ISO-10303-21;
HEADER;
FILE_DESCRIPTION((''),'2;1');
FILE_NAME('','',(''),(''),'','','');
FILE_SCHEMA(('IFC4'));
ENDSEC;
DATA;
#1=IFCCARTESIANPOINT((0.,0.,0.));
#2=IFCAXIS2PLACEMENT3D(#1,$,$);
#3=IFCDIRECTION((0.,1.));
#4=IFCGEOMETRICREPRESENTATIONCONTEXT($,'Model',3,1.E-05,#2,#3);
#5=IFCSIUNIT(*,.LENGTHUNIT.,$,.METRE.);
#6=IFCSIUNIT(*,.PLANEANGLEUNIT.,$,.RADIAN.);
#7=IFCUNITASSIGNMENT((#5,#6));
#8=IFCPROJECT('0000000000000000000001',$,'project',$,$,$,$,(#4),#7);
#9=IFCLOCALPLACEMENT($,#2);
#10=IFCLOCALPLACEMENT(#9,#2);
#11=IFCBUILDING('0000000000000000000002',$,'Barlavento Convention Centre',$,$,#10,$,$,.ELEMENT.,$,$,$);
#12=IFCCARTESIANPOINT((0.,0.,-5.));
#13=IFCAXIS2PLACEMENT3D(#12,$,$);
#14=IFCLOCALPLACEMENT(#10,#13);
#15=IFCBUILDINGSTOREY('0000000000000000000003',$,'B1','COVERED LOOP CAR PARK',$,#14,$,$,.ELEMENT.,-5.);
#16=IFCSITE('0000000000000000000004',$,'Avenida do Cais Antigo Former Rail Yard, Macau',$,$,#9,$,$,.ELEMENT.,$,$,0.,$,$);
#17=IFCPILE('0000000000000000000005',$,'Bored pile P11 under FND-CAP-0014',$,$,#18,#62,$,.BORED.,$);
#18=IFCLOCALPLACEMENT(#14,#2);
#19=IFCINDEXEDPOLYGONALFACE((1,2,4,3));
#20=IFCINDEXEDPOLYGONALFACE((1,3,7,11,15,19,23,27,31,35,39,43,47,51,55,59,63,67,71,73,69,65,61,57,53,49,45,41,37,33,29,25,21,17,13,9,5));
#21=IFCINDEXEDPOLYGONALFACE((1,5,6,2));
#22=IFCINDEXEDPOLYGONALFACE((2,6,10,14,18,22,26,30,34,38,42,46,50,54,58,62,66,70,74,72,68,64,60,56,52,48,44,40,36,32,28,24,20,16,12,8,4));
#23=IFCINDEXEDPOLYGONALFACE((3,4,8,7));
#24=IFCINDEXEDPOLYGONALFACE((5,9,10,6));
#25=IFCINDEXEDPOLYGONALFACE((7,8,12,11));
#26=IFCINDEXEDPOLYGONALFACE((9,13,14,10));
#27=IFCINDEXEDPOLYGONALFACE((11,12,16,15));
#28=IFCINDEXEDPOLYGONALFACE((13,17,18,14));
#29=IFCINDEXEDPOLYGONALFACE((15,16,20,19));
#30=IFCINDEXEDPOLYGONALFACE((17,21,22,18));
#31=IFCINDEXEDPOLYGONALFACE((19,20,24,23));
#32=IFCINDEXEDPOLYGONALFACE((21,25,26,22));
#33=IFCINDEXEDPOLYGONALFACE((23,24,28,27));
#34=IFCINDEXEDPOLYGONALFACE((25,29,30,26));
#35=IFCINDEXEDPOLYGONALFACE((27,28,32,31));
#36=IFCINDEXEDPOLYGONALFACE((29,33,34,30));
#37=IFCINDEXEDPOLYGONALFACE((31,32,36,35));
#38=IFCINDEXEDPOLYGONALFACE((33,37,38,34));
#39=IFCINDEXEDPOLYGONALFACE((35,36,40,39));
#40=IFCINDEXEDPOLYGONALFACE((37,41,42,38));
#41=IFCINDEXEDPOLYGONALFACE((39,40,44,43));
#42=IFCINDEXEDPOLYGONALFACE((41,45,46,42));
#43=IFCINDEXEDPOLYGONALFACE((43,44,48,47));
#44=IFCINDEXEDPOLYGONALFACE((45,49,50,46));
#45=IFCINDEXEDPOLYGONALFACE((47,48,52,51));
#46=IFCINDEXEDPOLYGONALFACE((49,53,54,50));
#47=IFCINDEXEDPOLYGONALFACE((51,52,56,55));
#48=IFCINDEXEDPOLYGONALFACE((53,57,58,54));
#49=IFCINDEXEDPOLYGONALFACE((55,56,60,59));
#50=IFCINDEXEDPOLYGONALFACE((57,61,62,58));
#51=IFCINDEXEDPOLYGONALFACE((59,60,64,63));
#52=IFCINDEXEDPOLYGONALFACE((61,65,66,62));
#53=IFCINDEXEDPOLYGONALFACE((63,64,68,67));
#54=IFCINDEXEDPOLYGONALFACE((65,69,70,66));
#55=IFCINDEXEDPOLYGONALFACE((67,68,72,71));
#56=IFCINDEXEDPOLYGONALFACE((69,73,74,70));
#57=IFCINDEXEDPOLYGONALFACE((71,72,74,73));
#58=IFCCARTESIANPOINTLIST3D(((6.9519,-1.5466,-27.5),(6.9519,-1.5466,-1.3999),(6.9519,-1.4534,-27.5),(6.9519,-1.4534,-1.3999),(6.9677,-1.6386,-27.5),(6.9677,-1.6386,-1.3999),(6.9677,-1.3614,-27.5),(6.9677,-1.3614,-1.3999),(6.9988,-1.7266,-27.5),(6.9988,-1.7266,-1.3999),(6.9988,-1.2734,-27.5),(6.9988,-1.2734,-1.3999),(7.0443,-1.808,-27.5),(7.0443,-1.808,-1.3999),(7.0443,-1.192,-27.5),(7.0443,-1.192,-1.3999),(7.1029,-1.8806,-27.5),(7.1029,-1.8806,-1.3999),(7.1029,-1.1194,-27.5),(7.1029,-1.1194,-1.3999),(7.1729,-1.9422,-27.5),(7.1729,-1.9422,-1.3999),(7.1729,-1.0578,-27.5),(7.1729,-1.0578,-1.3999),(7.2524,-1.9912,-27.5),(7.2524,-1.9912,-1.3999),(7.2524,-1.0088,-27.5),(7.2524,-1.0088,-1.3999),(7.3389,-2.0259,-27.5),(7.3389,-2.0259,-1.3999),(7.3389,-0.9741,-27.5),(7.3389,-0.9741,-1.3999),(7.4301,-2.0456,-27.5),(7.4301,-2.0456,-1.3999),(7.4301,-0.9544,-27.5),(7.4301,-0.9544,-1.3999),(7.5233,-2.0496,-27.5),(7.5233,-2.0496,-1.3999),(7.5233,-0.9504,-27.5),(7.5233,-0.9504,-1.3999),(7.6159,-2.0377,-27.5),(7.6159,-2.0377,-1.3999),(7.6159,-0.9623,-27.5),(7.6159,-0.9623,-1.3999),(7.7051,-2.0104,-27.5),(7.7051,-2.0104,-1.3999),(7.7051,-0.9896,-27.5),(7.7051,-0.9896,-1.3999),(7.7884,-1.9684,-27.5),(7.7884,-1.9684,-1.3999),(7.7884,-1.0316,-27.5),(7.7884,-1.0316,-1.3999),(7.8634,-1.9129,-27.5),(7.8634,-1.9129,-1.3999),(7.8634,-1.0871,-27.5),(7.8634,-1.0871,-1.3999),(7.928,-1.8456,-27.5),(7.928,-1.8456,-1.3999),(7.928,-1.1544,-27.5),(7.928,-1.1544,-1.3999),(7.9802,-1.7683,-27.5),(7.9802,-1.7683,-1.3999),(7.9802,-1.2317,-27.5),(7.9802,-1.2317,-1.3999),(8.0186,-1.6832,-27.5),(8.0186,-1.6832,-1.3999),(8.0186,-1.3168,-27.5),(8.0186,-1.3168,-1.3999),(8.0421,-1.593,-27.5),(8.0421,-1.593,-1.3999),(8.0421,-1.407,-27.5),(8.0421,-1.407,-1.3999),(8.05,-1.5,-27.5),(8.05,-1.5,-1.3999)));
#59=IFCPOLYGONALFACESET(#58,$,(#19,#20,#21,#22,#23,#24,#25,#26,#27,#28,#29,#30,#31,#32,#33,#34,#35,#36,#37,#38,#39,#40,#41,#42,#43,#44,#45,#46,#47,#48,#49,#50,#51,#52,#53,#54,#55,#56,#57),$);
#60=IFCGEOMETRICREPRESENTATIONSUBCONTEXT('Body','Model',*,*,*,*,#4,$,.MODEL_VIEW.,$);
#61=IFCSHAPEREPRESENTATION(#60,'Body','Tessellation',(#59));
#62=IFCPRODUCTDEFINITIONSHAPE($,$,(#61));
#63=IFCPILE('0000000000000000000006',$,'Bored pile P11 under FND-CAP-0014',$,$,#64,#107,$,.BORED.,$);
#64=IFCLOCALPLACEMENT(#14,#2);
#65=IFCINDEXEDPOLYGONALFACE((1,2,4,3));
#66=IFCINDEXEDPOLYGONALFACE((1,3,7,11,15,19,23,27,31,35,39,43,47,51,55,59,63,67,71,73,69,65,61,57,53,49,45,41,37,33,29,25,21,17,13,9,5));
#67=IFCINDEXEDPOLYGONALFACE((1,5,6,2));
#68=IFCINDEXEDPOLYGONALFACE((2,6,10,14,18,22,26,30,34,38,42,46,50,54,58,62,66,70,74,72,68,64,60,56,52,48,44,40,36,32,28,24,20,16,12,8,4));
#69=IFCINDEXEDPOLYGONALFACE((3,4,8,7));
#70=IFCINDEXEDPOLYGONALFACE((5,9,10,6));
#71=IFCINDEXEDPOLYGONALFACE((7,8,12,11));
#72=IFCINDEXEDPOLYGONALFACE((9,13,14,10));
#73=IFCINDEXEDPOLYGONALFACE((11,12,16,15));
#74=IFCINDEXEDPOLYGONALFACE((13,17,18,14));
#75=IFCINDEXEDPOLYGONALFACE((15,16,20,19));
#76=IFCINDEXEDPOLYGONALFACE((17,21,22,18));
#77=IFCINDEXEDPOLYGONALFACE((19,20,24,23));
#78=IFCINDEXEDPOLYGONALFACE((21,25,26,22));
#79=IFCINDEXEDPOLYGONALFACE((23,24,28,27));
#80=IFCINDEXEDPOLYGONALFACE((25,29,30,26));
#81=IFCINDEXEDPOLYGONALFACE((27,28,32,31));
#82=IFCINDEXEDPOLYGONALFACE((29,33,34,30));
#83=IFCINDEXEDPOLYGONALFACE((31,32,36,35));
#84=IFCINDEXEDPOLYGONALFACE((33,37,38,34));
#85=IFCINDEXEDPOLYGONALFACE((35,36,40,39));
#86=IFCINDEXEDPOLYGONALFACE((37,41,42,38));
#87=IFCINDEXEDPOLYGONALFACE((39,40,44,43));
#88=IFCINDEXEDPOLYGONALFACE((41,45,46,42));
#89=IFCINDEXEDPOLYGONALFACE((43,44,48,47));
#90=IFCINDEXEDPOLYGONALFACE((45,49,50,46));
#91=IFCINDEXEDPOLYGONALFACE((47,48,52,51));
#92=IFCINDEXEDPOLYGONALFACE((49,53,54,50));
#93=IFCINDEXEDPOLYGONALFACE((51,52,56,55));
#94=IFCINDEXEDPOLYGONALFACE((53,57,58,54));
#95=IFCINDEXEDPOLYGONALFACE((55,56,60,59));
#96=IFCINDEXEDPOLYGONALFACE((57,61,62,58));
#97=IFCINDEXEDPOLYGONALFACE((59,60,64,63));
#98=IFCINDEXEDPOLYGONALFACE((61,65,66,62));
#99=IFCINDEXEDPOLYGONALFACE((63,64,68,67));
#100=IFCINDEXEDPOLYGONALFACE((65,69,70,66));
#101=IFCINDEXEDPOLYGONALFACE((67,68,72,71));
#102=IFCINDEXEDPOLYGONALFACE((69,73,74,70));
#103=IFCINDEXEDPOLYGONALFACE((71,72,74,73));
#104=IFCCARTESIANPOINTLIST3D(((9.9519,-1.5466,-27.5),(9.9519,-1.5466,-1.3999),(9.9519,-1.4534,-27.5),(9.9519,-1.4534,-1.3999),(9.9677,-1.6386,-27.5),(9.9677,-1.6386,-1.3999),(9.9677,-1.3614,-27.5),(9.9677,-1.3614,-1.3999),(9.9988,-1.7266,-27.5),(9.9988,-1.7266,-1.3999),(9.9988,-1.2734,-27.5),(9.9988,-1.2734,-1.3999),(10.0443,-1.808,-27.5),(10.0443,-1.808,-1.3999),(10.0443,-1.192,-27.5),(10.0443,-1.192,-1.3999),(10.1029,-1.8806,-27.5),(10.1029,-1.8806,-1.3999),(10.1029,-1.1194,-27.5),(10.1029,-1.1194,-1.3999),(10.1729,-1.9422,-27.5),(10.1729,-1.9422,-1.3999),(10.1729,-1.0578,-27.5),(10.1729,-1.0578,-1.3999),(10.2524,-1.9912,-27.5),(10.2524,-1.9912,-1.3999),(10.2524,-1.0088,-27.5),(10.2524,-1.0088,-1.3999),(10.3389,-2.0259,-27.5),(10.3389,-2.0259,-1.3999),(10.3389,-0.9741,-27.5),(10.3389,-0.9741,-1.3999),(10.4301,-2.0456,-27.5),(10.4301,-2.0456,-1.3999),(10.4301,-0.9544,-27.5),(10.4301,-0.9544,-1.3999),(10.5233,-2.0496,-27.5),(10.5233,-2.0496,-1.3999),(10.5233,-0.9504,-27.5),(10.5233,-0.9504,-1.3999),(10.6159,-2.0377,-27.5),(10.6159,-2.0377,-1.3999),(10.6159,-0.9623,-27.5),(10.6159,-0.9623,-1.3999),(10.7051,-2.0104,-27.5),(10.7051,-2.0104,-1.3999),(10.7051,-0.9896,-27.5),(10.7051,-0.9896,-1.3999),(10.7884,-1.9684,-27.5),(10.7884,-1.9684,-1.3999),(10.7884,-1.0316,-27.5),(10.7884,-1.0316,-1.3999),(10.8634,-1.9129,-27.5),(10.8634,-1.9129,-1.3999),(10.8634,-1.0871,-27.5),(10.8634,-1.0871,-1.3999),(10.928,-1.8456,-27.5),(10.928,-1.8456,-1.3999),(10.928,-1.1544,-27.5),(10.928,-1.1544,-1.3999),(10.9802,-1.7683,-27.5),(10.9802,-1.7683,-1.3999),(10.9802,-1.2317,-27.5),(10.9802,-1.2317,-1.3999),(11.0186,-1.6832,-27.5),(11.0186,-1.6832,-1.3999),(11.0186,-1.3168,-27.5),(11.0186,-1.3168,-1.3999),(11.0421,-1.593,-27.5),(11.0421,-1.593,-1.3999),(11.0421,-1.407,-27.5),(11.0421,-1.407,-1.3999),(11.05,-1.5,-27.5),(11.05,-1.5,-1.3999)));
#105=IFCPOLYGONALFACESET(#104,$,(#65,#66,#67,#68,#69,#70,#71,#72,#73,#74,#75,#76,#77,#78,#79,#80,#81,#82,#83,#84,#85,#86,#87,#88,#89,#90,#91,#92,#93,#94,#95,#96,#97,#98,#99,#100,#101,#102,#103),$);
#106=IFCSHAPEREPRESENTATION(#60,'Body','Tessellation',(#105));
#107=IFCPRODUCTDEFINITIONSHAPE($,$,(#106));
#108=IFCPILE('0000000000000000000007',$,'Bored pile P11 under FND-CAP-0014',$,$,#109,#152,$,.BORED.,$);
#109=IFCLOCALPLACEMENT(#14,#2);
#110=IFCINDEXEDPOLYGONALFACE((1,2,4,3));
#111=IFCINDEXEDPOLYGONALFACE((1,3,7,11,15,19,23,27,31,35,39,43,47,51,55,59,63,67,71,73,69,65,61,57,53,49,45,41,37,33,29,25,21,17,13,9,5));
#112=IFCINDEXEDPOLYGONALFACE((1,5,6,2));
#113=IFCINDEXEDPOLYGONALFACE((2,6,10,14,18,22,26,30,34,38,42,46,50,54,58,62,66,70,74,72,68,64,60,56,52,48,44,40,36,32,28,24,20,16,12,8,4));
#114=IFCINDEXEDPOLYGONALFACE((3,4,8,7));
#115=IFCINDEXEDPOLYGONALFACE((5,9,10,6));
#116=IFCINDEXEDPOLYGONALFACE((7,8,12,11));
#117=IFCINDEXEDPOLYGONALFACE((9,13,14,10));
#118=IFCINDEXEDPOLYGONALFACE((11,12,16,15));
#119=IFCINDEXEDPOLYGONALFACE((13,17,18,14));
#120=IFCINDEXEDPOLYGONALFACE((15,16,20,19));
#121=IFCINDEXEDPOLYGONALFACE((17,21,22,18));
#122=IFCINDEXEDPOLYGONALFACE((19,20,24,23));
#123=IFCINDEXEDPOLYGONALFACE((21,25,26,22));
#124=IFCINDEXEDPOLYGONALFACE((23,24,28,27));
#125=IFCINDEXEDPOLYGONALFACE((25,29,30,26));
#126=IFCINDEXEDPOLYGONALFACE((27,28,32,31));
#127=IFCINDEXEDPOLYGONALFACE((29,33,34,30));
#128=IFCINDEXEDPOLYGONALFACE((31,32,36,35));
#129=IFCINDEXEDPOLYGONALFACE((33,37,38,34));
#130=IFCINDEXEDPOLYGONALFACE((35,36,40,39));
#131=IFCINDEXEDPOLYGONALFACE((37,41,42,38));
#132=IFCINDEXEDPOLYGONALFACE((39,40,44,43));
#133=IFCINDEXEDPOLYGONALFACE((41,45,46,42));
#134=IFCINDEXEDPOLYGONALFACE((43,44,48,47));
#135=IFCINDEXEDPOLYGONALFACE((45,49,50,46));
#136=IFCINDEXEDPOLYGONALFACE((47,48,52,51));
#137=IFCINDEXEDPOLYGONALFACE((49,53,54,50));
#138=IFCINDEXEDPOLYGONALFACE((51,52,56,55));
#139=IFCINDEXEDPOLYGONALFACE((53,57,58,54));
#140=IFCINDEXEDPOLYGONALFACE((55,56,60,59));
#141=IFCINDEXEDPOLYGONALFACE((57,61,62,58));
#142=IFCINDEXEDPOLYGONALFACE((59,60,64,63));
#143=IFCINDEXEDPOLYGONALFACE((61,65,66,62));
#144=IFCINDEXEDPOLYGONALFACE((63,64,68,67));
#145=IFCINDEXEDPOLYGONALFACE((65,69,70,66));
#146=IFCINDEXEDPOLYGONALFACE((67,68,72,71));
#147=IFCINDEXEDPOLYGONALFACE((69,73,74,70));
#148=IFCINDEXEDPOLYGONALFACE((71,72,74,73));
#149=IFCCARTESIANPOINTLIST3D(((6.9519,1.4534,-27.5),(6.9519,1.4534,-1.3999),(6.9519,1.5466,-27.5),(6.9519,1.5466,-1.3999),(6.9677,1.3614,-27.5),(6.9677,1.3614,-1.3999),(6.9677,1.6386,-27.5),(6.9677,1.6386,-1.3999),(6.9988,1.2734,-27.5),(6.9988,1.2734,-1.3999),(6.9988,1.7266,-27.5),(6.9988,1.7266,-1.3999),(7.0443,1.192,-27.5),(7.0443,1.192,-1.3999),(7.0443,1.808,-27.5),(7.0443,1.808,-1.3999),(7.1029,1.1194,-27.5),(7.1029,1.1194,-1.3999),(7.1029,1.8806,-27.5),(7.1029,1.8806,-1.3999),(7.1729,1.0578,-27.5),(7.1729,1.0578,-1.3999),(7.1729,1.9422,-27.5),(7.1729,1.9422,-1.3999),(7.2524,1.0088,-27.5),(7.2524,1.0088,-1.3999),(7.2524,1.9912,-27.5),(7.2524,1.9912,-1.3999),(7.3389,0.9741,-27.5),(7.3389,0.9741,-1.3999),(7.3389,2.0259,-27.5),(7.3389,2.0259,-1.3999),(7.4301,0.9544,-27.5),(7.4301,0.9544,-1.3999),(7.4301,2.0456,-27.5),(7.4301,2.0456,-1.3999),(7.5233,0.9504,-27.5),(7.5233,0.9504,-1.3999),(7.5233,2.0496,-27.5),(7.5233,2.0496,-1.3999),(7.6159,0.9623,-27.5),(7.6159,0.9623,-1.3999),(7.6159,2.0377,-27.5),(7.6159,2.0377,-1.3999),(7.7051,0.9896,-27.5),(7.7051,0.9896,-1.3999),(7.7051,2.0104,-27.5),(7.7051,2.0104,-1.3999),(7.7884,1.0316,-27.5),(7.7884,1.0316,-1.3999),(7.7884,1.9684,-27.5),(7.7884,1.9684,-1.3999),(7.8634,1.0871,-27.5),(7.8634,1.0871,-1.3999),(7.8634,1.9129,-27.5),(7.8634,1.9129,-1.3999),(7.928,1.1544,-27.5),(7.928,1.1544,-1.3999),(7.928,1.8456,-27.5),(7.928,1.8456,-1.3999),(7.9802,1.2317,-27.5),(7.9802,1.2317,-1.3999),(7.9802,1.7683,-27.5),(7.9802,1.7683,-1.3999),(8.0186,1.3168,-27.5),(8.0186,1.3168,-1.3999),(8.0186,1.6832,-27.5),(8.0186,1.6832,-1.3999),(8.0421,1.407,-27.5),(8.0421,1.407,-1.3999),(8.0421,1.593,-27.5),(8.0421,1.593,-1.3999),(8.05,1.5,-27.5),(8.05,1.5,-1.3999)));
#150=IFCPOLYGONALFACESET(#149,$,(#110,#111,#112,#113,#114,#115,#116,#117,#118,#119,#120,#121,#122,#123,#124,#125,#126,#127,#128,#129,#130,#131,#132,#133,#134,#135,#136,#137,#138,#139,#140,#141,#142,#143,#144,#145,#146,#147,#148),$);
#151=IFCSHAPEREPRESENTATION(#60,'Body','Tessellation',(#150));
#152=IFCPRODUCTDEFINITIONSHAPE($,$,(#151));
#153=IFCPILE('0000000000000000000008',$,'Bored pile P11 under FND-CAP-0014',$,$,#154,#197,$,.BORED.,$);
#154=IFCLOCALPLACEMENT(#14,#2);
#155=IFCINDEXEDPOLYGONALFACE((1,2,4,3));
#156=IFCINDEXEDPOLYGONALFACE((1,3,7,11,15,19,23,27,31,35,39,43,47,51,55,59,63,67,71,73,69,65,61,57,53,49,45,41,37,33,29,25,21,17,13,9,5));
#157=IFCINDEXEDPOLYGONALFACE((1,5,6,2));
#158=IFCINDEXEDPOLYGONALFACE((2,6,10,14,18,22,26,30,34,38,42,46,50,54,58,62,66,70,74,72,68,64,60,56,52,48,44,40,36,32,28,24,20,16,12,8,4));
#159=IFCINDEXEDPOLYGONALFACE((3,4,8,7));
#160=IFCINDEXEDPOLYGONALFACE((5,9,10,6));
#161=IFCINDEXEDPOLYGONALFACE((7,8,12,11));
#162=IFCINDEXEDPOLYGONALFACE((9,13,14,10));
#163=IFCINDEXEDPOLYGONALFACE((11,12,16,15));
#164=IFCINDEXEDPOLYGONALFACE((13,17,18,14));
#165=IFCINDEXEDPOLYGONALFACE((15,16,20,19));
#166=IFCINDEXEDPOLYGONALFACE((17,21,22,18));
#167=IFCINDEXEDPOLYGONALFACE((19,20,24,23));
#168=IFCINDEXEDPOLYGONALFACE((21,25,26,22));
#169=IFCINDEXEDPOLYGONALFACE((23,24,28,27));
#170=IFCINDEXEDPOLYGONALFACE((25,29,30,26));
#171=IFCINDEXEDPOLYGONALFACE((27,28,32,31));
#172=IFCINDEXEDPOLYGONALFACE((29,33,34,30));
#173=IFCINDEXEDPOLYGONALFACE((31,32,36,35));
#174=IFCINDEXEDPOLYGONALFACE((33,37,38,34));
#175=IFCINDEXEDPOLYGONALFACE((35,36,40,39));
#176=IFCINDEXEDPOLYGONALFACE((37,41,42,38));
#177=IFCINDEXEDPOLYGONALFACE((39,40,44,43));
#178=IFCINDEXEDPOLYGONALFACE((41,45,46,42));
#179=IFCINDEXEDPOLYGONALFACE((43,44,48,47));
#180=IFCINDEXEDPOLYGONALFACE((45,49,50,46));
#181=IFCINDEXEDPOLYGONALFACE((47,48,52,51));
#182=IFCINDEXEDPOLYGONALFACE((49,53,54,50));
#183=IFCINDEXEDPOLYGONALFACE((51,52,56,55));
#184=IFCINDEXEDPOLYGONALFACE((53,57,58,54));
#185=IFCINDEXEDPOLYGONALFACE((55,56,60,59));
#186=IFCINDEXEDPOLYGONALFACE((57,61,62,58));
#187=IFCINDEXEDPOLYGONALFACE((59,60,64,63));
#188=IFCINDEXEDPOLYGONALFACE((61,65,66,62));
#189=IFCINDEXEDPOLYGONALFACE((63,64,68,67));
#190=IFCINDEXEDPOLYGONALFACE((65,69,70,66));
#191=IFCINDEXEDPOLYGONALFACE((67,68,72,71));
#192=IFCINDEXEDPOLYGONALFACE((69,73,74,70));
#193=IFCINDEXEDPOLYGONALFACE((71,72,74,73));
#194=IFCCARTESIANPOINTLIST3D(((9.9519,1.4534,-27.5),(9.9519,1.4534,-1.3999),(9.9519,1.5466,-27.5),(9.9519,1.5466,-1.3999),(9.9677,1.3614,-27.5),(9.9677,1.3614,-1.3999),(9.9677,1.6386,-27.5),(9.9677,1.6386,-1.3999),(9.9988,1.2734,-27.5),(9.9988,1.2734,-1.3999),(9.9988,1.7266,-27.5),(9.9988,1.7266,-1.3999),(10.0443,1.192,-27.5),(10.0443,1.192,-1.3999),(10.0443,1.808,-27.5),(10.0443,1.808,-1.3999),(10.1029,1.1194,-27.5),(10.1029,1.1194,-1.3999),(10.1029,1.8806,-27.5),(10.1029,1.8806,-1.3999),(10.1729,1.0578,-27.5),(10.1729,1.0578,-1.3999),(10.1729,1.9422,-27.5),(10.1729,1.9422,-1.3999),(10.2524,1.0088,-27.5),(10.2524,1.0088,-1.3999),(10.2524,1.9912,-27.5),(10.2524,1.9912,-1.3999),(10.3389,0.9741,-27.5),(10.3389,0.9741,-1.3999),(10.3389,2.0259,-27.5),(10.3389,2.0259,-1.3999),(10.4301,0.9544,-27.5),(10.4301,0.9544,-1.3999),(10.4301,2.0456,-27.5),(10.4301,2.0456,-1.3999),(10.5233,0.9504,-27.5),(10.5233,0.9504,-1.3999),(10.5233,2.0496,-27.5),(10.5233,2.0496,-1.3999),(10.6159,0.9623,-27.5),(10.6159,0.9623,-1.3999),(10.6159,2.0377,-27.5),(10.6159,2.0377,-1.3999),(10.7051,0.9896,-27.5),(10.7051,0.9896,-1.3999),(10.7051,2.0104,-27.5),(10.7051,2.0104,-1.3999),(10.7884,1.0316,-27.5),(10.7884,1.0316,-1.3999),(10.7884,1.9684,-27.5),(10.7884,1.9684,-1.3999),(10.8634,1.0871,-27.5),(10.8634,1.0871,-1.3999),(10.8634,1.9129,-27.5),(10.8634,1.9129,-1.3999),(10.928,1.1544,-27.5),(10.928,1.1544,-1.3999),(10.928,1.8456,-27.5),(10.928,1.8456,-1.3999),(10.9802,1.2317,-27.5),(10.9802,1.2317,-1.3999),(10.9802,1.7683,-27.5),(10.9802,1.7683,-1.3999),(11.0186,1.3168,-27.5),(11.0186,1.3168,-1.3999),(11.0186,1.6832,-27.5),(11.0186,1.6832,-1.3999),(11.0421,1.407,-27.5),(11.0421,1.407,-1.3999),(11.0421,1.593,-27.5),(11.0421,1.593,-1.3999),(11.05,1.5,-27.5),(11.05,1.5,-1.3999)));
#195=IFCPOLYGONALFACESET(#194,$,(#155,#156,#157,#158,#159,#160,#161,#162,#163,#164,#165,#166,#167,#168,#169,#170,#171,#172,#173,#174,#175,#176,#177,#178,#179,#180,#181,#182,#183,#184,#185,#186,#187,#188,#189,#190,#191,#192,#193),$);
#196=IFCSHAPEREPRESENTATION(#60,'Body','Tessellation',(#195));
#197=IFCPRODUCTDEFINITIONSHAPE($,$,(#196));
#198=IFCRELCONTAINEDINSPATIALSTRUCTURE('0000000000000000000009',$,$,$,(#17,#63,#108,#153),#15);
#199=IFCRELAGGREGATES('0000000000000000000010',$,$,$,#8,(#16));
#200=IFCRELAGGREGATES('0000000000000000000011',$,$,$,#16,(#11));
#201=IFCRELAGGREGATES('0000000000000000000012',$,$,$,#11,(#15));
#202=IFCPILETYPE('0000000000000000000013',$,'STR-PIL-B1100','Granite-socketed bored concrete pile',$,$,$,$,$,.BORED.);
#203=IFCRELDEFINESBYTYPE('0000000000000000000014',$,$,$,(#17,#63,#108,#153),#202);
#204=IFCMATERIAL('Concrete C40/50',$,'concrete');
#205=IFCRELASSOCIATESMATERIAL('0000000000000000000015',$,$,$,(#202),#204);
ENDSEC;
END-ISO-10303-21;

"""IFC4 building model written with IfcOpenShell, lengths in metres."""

from ifc_helpers import new_model, si_unit, direction, frame, origin, origin_2d, place, context, subcontext, project, spatial, circle, extrude, material, material_profile, profile_set, type_object, element, save


model = new_model("IFC4")

# Units and contexts
model_context = context("Model", 3, precision=1e-05, world=origin(), true_north=direction((0.0, 1.0)))
body_context = subcontext(model_context, "Body", "Model", "MODEL_VIEW")
ifc_project = project(units=[si_unit("LENGTHUNIT", "METRE"), si_unit("PLANEANGLEUNIT", "RADIAN")], contexts=[model_context])

# Site, building, storey
site_placement = place(None, origin())
site = spatial("IfcSite", under=ifc_project, at=site_placement, Name="Avenida do Cais Antigo Former Rail Yard, Macau", CompositionType="ELEMENT", RefElevation=0.0)
building_placement = place(site_placement, origin())
building = spatial("IfcBuilding", under=site, at=building_placement, Name="Barlavento Convention Centre", CompositionType="ELEMENT")
storey_placement = place(building_placement, frame((0.0, 0.0, -5.0)))
storey = spatial("IfcBuildingStorey", under=building, at=storey_placement, Name="B1", Description="COVERED LOOP CAR PARK", CompositionType="ELEMENT", Elevation=-5.0)

# Shared definitions
ifc_material_1 = material(Name="Concrete C40/50", Category="concrete")

# Piles
ifc_material_profile_1 = material_profile(ifc_material_1, circle(Radius=0.55, at=origin_2d()), Name="BORED PILE 1100")
ifc_profile_set_1 = profile_set([ifc_material_profile_1], Name="Concrete C40/50")
pile_type_1 = type_object("IfcPileType", Name="STR-PIL-B1100", Description="Granite-socketed bored concrete pile", PredefinedType="BORED", material=ifc_profile_set_1)
for number, where, z_axis, x_axis, name in (
    (1, (7.5, -1.5, -1.3999), (0.0, 0.0, -1.0), (1.0, 0.0, 0.0), "Bored pile P11 under FND-CAP-0014"),
    (2, (10.5, -1.5, -1.3999), (0.0, 0.0, -1.0), (1.0, 0.0, 0.0), "Bored pile P11 under FND-CAP-0014"),
    (3, (7.5, 1.5, -1.3999), (0.0, 0.0, -1.0), (1.0, 0.0, 0.0), "Bored pile P11 under FND-CAP-0014"),
    (4, (10.5, 1.5, -1.3999), (0.0, 0.0, -1.0), (1.0, 0.0, 0.0), "Bored pile P11 under FND-CAP-0014"),
):
    element("IfcPile", number, at=place(storey_placement, frame(where, z_axis=z_axis, x_axis=x_axis)), inside=storey, type_object=pile_type_1, Name=name, PredefinedType="BORED", context=body_context, shape_type="SweptSolid", body=[
        extrude(circle(Radius=0.55, at=origin_2d()), origin(), (0.0, 0.0, 1.0), 26.1001),
    ])

save(model, "model.ifc")
